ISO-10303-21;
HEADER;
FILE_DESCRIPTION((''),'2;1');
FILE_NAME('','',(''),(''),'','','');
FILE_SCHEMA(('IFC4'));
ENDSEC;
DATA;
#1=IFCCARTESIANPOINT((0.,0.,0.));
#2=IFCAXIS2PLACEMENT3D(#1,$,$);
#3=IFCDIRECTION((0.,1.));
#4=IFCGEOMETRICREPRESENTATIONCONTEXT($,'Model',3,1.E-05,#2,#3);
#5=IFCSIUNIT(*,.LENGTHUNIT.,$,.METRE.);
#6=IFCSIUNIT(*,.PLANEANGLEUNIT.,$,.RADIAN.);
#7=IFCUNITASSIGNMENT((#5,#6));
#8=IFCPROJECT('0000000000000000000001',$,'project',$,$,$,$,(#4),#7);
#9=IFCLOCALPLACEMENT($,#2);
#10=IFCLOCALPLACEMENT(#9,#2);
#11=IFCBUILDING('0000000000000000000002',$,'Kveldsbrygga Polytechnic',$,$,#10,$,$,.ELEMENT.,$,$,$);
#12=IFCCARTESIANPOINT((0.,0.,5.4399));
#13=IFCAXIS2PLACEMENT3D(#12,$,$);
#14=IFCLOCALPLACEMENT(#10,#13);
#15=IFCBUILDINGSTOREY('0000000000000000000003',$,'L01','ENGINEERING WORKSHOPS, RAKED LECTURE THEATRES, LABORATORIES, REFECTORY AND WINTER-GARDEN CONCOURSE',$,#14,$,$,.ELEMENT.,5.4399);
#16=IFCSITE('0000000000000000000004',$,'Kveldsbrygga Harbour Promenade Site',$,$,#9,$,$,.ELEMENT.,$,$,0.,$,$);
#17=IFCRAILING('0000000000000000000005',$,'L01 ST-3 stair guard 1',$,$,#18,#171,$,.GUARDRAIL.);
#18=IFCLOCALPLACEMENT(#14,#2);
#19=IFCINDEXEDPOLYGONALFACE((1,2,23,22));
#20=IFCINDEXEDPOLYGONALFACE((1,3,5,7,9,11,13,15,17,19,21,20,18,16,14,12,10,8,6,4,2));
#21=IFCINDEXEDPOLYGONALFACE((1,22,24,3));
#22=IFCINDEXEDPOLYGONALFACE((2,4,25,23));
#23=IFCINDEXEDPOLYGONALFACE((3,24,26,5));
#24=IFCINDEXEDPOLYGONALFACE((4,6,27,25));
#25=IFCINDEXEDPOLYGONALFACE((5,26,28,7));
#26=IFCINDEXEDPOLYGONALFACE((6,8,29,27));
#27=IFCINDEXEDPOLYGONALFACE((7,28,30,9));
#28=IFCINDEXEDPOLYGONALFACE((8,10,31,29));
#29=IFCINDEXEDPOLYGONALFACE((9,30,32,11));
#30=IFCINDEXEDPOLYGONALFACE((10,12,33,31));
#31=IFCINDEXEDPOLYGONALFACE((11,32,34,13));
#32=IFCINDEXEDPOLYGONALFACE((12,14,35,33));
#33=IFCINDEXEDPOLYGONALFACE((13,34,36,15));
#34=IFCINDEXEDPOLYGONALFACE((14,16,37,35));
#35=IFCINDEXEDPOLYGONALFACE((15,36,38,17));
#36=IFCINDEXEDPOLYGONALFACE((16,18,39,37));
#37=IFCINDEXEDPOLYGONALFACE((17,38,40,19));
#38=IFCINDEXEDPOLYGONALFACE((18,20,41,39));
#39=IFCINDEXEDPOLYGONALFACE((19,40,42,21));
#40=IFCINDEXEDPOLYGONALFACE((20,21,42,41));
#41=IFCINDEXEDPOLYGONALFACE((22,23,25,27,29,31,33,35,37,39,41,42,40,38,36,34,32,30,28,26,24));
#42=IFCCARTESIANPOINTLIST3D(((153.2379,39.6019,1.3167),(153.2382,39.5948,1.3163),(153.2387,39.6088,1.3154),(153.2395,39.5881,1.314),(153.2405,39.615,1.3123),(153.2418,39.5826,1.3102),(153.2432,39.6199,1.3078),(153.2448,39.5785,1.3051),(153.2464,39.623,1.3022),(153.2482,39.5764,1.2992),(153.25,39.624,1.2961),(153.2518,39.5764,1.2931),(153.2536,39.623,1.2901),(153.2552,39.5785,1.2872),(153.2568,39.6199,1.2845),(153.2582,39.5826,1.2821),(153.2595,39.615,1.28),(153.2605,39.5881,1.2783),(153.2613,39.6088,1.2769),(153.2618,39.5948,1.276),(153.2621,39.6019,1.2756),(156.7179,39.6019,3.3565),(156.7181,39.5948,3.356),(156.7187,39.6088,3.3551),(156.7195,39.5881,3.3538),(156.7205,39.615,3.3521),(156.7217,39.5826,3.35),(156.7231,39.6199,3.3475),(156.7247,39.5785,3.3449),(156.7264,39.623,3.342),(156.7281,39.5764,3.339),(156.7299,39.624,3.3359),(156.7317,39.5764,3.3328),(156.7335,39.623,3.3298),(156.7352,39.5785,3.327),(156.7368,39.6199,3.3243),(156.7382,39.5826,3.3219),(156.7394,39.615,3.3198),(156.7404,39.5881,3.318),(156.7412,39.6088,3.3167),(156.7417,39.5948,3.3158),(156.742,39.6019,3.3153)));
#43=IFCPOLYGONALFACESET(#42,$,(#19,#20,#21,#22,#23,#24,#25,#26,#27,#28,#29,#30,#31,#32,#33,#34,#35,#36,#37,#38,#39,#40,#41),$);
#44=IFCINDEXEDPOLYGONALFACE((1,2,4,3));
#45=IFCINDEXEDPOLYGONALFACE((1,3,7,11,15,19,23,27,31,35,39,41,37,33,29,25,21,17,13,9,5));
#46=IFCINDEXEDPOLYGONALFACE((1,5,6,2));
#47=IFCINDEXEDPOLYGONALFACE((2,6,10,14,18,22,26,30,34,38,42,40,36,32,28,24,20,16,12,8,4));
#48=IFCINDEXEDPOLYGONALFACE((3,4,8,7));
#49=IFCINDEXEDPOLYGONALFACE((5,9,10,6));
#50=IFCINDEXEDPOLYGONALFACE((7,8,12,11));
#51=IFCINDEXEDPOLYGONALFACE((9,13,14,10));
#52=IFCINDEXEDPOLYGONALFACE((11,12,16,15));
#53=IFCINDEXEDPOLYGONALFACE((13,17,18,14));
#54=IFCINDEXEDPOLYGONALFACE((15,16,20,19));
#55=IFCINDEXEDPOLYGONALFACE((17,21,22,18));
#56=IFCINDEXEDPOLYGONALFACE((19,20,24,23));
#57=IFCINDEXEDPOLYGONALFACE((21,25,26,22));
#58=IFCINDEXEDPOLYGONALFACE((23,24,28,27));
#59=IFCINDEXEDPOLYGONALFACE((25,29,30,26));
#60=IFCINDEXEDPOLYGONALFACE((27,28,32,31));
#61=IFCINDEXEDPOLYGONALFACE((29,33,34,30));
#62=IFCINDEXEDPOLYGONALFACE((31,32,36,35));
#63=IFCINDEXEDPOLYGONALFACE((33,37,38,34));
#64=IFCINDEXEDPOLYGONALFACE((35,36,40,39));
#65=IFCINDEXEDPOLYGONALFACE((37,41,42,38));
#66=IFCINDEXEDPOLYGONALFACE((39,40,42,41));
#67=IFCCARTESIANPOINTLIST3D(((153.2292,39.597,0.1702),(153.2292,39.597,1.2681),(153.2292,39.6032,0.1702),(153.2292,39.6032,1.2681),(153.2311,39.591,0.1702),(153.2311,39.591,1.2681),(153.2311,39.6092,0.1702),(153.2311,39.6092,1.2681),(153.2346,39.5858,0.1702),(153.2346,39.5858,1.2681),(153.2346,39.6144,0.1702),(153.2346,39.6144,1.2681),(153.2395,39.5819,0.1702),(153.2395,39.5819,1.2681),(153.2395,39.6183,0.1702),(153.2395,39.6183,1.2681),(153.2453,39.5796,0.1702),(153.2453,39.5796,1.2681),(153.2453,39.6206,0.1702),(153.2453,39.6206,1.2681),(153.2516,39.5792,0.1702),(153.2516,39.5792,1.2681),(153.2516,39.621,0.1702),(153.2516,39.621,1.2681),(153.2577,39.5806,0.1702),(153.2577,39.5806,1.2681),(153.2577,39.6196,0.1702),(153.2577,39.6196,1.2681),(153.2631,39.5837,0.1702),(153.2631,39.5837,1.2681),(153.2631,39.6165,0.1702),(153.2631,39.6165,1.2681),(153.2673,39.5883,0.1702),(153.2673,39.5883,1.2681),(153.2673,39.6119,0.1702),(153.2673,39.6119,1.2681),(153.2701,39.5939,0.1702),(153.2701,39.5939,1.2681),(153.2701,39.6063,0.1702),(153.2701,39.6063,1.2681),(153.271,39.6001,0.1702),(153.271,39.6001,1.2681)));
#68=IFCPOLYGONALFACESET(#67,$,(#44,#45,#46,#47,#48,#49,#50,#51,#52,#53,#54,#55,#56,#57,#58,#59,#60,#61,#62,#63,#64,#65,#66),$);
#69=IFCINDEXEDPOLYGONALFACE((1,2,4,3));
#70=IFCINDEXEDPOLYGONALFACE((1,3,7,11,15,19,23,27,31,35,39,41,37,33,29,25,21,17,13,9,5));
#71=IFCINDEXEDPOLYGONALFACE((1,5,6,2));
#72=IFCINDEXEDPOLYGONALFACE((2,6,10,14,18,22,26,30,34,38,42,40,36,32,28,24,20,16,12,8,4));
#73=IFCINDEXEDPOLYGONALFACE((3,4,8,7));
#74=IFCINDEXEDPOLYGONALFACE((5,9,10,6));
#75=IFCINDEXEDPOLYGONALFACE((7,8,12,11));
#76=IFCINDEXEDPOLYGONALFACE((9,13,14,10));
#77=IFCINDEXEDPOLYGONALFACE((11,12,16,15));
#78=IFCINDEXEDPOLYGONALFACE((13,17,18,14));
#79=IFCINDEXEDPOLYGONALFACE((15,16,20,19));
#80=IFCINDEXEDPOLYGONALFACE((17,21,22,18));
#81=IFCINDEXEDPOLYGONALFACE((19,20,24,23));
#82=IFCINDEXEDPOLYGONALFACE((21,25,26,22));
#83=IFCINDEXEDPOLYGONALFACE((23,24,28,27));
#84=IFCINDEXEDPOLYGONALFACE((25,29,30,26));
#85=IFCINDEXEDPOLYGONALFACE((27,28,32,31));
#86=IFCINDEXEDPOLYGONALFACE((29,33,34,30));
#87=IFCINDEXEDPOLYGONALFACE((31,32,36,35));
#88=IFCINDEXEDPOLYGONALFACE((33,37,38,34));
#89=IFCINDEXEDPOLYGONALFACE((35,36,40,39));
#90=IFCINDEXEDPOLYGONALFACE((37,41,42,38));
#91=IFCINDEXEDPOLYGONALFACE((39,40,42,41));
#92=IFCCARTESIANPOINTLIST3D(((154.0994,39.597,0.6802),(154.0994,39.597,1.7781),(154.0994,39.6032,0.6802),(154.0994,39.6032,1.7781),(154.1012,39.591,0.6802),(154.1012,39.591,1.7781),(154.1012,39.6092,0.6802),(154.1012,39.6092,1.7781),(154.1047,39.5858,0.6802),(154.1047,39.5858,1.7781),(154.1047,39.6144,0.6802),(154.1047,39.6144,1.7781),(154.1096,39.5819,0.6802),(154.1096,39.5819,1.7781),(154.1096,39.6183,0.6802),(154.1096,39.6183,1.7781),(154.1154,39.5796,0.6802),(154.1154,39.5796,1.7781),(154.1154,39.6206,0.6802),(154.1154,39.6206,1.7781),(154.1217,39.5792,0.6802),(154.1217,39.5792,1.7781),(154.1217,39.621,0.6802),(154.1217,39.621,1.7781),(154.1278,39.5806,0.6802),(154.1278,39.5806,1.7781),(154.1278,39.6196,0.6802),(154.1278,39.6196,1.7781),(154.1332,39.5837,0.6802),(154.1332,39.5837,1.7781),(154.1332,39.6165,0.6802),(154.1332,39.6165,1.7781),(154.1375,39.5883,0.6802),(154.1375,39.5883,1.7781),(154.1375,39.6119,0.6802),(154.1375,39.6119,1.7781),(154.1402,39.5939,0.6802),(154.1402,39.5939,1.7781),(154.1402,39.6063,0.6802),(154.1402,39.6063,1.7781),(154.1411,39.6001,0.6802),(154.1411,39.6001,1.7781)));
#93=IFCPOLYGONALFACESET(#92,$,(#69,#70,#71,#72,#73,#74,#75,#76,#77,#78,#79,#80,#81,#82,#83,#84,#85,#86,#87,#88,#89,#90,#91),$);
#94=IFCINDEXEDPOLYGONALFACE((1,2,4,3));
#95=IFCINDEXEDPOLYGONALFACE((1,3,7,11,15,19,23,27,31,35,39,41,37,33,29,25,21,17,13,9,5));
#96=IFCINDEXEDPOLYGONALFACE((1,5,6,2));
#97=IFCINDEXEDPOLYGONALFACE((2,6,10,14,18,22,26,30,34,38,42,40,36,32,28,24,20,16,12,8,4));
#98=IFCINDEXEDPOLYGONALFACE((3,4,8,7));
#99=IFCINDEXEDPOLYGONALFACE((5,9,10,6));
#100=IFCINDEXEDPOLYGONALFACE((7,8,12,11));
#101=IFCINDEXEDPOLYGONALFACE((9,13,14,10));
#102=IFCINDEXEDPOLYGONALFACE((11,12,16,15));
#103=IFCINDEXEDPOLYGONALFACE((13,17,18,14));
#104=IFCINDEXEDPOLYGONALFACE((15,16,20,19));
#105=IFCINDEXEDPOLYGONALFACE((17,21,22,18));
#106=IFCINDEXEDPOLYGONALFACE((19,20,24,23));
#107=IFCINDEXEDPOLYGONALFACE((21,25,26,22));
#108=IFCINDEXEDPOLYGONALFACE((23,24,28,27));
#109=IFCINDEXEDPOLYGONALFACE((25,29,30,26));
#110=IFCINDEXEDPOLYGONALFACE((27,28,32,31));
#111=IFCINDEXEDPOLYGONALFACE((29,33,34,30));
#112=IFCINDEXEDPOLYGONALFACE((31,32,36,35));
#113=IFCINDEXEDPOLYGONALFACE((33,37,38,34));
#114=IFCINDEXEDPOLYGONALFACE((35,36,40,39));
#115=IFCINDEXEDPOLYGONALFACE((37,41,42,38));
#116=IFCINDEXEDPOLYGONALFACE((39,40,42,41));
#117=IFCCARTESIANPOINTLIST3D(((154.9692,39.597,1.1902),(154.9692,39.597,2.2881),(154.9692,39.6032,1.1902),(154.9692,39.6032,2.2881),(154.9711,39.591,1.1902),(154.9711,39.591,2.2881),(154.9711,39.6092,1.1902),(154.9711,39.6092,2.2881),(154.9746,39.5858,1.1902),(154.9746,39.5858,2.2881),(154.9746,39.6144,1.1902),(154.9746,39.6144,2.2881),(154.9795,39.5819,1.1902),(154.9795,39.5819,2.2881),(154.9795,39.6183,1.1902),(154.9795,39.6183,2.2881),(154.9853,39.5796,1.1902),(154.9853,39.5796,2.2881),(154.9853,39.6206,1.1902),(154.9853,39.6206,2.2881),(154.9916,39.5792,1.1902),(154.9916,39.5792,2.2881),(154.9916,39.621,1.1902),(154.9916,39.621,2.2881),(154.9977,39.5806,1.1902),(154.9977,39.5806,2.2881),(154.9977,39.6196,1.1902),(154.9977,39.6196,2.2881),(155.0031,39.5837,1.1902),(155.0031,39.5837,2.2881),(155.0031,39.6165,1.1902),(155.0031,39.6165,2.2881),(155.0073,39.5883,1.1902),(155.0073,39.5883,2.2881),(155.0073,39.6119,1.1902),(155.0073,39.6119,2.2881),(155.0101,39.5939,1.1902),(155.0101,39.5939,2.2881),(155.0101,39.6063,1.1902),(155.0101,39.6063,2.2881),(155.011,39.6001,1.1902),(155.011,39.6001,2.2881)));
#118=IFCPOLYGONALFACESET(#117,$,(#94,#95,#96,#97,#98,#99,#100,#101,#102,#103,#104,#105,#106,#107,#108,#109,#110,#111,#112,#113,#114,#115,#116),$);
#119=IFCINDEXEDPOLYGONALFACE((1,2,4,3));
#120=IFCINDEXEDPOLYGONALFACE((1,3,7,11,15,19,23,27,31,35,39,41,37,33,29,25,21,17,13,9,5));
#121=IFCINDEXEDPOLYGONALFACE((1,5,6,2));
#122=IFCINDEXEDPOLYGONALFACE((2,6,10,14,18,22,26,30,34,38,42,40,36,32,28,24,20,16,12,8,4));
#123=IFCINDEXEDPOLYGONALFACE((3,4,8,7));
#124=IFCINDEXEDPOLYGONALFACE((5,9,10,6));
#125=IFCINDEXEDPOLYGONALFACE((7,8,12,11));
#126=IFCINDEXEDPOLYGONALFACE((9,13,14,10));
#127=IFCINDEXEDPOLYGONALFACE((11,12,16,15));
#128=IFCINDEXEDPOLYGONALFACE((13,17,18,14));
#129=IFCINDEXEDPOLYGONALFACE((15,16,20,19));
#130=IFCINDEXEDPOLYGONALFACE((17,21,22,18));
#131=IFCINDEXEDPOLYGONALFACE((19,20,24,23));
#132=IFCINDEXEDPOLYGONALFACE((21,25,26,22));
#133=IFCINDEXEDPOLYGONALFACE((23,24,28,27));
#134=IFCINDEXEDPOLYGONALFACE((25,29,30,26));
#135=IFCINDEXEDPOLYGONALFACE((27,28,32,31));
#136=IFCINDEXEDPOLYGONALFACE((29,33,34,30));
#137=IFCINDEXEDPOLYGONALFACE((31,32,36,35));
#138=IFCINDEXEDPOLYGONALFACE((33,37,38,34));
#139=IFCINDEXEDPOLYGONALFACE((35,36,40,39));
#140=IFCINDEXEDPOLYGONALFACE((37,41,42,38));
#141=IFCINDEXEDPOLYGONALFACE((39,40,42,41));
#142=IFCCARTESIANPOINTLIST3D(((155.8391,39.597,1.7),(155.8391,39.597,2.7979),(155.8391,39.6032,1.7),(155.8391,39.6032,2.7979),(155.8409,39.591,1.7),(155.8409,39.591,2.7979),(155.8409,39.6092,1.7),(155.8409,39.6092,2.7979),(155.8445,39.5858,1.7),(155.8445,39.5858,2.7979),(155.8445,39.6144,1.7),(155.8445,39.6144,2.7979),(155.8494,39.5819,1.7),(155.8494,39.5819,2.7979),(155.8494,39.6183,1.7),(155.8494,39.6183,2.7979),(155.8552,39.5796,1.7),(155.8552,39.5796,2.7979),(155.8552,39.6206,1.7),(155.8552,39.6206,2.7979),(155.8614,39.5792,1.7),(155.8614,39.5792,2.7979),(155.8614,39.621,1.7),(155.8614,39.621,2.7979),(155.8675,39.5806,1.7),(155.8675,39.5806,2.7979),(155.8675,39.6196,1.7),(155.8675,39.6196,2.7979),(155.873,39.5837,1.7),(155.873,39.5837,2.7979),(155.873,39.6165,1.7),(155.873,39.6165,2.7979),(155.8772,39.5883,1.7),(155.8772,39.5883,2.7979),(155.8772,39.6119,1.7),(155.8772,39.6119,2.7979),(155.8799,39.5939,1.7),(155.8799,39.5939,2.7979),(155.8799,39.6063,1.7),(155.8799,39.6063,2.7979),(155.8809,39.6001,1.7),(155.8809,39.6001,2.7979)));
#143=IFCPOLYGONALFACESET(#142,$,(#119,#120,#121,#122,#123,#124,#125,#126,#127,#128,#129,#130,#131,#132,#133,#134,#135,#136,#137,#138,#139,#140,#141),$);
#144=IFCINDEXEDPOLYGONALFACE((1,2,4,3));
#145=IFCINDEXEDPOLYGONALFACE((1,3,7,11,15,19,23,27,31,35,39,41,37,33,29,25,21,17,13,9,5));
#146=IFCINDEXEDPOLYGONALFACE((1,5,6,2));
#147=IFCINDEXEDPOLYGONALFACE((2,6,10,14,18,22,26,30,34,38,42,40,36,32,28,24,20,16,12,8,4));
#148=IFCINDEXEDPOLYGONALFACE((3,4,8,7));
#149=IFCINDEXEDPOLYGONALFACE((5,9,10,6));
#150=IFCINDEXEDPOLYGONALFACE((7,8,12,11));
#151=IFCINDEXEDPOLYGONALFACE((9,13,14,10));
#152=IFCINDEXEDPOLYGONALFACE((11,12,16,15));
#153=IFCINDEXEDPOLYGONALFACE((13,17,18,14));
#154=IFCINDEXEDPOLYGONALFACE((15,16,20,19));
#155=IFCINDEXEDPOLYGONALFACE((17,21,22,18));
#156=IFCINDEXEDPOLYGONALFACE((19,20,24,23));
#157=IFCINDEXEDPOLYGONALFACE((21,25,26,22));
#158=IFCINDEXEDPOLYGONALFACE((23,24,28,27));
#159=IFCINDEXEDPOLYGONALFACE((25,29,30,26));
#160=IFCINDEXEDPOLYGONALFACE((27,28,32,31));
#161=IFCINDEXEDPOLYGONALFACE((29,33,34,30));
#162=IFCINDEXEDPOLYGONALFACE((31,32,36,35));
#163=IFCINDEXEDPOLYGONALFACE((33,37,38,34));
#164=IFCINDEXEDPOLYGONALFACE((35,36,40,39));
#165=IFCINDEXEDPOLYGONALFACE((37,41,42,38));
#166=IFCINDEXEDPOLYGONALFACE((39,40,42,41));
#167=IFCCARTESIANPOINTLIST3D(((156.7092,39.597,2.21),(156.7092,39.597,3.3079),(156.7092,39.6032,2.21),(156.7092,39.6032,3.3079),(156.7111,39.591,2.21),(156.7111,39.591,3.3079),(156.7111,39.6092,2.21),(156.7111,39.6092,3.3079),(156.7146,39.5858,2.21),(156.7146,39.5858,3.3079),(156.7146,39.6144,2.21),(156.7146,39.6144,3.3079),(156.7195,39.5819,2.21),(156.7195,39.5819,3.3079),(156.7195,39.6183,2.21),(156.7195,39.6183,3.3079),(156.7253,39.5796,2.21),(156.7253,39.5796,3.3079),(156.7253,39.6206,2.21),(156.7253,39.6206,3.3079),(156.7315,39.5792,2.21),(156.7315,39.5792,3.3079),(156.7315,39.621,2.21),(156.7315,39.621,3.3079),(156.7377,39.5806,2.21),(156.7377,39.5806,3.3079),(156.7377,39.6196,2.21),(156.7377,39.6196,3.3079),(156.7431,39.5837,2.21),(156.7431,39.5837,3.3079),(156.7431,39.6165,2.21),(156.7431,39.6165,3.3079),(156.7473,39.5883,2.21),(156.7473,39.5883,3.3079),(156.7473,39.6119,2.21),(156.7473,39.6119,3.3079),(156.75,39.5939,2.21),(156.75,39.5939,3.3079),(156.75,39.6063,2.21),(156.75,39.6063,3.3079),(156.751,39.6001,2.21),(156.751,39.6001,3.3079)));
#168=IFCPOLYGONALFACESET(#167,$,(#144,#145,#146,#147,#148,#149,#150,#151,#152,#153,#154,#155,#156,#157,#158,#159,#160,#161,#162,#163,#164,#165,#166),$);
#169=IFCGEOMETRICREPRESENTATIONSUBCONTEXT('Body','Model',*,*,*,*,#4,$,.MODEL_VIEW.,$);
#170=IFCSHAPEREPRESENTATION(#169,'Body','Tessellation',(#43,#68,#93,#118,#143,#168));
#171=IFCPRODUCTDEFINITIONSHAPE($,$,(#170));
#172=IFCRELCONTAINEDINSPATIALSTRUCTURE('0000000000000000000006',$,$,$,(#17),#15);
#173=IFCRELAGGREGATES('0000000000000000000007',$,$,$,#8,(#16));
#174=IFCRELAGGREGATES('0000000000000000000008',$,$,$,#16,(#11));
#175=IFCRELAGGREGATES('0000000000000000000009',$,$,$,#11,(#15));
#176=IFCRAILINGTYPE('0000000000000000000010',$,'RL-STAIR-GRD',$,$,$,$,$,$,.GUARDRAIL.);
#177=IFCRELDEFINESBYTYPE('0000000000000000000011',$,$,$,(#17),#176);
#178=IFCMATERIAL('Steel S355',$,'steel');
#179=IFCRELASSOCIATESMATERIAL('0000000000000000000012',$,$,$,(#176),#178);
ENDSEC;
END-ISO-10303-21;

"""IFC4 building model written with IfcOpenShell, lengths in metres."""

from ifc_helpers import new_model, si_unit, direction, frame, origin, origin_2d, place, context, subcontext, project, spatial, circle, extrude, material, type_object, element, save


model = new_model("IFC4")

# Units and contexts
model_context = context("Model", 3, precision=1e-05, world=origin(), true_north=direction((0.0, 1.0)))
body_context = subcontext(model_context, "Body", "Model", "MODEL_VIEW")
ifc_project = project(units=[si_unit("LENGTHUNIT", "METRE"), si_unit("PLANEANGLEUNIT", "RADIAN")], contexts=[model_context])

# Site, building, storey
site_placement = place(None, origin())
site = spatial("IfcSite", under=ifc_project, at=site_placement, Name="Kveldsbrygga Harbour Promenade Site", CompositionType="ELEMENT", RefElevation=0.0)
building_placement = place(site_placement, origin())
building = spatial("IfcBuilding", under=site, at=building_placement, Name="Kveldsbrygga Polytechnic", CompositionType="ELEMENT")
storey_placement = place(building_placement, frame((0.0, 0.0, 5.4399)))
storey = spatial("IfcBuildingStorey", under=building, at=storey_placement, Name="L01", Description="ENGINEERING WORKSHOPS, RAKED LECTURE THEATRES, LABORATORIES, REFECTORY AND WINTER-GARDEN CONCOURSE", CompositionType="ELEMENT", Elevation=5.4399)

# Railing
ifc_material_1 = material(Name="Steel S355", Category="steel")
railing_type_1 = type_object("IfcRailingType", Name="RL-STAIR-GRD", PredefinedType="GUARDRAIL", material=ifc_material_1)
railing_1_placement = place(storey_placement, frame((153.25, 39.6001, 0.1702)))
element("IfcRailing", 1, at=railing_1_placement, inside=storey, type_object=railing_type_1, Name="L01 ST-3 stair guard 1", PredefinedType="GUARDRAIL", context=body_context, shape_type="SweptSolid", body=[
    extrude(circle(Radius=0.0239, at=origin_2d()), frame((0.0, 0.0, 1.126), z_axis=(0.862719, 0.0, 0.505684), x_axis=(0.0, 1.0, 0.0)), (0.0, 0.0, 1.0), 4.0337),
    extrude(circle(Radius=0.021, at=origin_2d()), origin(), (0.0, 0.0, 1.0), 1.0979),
    extrude(circle(Radius=0.021, at=origin_2d()), frame((0.8701, 0.0, 0.51)), (0.0, 0.0, 1.0), 1.0979),
    extrude(circle(Radius=0.021, at=origin_2d()), frame((1.74, 0.0, 1.02)), (0.0, 0.0, 1.0), 1.0979),
    extrude(circle(Radius=0.021, at=origin_2d()), frame((2.6099, 0.0, 1.5298)), (0.0, 0.0, 1.0), 1.0979),
    extrude(circle(Radius=0.021, at=origin_2d()), frame((3.48, 0.0, 2.0398)), (0.0, 0.0, 1.0), 1.0979),
])

save(model, "model.ifc")
